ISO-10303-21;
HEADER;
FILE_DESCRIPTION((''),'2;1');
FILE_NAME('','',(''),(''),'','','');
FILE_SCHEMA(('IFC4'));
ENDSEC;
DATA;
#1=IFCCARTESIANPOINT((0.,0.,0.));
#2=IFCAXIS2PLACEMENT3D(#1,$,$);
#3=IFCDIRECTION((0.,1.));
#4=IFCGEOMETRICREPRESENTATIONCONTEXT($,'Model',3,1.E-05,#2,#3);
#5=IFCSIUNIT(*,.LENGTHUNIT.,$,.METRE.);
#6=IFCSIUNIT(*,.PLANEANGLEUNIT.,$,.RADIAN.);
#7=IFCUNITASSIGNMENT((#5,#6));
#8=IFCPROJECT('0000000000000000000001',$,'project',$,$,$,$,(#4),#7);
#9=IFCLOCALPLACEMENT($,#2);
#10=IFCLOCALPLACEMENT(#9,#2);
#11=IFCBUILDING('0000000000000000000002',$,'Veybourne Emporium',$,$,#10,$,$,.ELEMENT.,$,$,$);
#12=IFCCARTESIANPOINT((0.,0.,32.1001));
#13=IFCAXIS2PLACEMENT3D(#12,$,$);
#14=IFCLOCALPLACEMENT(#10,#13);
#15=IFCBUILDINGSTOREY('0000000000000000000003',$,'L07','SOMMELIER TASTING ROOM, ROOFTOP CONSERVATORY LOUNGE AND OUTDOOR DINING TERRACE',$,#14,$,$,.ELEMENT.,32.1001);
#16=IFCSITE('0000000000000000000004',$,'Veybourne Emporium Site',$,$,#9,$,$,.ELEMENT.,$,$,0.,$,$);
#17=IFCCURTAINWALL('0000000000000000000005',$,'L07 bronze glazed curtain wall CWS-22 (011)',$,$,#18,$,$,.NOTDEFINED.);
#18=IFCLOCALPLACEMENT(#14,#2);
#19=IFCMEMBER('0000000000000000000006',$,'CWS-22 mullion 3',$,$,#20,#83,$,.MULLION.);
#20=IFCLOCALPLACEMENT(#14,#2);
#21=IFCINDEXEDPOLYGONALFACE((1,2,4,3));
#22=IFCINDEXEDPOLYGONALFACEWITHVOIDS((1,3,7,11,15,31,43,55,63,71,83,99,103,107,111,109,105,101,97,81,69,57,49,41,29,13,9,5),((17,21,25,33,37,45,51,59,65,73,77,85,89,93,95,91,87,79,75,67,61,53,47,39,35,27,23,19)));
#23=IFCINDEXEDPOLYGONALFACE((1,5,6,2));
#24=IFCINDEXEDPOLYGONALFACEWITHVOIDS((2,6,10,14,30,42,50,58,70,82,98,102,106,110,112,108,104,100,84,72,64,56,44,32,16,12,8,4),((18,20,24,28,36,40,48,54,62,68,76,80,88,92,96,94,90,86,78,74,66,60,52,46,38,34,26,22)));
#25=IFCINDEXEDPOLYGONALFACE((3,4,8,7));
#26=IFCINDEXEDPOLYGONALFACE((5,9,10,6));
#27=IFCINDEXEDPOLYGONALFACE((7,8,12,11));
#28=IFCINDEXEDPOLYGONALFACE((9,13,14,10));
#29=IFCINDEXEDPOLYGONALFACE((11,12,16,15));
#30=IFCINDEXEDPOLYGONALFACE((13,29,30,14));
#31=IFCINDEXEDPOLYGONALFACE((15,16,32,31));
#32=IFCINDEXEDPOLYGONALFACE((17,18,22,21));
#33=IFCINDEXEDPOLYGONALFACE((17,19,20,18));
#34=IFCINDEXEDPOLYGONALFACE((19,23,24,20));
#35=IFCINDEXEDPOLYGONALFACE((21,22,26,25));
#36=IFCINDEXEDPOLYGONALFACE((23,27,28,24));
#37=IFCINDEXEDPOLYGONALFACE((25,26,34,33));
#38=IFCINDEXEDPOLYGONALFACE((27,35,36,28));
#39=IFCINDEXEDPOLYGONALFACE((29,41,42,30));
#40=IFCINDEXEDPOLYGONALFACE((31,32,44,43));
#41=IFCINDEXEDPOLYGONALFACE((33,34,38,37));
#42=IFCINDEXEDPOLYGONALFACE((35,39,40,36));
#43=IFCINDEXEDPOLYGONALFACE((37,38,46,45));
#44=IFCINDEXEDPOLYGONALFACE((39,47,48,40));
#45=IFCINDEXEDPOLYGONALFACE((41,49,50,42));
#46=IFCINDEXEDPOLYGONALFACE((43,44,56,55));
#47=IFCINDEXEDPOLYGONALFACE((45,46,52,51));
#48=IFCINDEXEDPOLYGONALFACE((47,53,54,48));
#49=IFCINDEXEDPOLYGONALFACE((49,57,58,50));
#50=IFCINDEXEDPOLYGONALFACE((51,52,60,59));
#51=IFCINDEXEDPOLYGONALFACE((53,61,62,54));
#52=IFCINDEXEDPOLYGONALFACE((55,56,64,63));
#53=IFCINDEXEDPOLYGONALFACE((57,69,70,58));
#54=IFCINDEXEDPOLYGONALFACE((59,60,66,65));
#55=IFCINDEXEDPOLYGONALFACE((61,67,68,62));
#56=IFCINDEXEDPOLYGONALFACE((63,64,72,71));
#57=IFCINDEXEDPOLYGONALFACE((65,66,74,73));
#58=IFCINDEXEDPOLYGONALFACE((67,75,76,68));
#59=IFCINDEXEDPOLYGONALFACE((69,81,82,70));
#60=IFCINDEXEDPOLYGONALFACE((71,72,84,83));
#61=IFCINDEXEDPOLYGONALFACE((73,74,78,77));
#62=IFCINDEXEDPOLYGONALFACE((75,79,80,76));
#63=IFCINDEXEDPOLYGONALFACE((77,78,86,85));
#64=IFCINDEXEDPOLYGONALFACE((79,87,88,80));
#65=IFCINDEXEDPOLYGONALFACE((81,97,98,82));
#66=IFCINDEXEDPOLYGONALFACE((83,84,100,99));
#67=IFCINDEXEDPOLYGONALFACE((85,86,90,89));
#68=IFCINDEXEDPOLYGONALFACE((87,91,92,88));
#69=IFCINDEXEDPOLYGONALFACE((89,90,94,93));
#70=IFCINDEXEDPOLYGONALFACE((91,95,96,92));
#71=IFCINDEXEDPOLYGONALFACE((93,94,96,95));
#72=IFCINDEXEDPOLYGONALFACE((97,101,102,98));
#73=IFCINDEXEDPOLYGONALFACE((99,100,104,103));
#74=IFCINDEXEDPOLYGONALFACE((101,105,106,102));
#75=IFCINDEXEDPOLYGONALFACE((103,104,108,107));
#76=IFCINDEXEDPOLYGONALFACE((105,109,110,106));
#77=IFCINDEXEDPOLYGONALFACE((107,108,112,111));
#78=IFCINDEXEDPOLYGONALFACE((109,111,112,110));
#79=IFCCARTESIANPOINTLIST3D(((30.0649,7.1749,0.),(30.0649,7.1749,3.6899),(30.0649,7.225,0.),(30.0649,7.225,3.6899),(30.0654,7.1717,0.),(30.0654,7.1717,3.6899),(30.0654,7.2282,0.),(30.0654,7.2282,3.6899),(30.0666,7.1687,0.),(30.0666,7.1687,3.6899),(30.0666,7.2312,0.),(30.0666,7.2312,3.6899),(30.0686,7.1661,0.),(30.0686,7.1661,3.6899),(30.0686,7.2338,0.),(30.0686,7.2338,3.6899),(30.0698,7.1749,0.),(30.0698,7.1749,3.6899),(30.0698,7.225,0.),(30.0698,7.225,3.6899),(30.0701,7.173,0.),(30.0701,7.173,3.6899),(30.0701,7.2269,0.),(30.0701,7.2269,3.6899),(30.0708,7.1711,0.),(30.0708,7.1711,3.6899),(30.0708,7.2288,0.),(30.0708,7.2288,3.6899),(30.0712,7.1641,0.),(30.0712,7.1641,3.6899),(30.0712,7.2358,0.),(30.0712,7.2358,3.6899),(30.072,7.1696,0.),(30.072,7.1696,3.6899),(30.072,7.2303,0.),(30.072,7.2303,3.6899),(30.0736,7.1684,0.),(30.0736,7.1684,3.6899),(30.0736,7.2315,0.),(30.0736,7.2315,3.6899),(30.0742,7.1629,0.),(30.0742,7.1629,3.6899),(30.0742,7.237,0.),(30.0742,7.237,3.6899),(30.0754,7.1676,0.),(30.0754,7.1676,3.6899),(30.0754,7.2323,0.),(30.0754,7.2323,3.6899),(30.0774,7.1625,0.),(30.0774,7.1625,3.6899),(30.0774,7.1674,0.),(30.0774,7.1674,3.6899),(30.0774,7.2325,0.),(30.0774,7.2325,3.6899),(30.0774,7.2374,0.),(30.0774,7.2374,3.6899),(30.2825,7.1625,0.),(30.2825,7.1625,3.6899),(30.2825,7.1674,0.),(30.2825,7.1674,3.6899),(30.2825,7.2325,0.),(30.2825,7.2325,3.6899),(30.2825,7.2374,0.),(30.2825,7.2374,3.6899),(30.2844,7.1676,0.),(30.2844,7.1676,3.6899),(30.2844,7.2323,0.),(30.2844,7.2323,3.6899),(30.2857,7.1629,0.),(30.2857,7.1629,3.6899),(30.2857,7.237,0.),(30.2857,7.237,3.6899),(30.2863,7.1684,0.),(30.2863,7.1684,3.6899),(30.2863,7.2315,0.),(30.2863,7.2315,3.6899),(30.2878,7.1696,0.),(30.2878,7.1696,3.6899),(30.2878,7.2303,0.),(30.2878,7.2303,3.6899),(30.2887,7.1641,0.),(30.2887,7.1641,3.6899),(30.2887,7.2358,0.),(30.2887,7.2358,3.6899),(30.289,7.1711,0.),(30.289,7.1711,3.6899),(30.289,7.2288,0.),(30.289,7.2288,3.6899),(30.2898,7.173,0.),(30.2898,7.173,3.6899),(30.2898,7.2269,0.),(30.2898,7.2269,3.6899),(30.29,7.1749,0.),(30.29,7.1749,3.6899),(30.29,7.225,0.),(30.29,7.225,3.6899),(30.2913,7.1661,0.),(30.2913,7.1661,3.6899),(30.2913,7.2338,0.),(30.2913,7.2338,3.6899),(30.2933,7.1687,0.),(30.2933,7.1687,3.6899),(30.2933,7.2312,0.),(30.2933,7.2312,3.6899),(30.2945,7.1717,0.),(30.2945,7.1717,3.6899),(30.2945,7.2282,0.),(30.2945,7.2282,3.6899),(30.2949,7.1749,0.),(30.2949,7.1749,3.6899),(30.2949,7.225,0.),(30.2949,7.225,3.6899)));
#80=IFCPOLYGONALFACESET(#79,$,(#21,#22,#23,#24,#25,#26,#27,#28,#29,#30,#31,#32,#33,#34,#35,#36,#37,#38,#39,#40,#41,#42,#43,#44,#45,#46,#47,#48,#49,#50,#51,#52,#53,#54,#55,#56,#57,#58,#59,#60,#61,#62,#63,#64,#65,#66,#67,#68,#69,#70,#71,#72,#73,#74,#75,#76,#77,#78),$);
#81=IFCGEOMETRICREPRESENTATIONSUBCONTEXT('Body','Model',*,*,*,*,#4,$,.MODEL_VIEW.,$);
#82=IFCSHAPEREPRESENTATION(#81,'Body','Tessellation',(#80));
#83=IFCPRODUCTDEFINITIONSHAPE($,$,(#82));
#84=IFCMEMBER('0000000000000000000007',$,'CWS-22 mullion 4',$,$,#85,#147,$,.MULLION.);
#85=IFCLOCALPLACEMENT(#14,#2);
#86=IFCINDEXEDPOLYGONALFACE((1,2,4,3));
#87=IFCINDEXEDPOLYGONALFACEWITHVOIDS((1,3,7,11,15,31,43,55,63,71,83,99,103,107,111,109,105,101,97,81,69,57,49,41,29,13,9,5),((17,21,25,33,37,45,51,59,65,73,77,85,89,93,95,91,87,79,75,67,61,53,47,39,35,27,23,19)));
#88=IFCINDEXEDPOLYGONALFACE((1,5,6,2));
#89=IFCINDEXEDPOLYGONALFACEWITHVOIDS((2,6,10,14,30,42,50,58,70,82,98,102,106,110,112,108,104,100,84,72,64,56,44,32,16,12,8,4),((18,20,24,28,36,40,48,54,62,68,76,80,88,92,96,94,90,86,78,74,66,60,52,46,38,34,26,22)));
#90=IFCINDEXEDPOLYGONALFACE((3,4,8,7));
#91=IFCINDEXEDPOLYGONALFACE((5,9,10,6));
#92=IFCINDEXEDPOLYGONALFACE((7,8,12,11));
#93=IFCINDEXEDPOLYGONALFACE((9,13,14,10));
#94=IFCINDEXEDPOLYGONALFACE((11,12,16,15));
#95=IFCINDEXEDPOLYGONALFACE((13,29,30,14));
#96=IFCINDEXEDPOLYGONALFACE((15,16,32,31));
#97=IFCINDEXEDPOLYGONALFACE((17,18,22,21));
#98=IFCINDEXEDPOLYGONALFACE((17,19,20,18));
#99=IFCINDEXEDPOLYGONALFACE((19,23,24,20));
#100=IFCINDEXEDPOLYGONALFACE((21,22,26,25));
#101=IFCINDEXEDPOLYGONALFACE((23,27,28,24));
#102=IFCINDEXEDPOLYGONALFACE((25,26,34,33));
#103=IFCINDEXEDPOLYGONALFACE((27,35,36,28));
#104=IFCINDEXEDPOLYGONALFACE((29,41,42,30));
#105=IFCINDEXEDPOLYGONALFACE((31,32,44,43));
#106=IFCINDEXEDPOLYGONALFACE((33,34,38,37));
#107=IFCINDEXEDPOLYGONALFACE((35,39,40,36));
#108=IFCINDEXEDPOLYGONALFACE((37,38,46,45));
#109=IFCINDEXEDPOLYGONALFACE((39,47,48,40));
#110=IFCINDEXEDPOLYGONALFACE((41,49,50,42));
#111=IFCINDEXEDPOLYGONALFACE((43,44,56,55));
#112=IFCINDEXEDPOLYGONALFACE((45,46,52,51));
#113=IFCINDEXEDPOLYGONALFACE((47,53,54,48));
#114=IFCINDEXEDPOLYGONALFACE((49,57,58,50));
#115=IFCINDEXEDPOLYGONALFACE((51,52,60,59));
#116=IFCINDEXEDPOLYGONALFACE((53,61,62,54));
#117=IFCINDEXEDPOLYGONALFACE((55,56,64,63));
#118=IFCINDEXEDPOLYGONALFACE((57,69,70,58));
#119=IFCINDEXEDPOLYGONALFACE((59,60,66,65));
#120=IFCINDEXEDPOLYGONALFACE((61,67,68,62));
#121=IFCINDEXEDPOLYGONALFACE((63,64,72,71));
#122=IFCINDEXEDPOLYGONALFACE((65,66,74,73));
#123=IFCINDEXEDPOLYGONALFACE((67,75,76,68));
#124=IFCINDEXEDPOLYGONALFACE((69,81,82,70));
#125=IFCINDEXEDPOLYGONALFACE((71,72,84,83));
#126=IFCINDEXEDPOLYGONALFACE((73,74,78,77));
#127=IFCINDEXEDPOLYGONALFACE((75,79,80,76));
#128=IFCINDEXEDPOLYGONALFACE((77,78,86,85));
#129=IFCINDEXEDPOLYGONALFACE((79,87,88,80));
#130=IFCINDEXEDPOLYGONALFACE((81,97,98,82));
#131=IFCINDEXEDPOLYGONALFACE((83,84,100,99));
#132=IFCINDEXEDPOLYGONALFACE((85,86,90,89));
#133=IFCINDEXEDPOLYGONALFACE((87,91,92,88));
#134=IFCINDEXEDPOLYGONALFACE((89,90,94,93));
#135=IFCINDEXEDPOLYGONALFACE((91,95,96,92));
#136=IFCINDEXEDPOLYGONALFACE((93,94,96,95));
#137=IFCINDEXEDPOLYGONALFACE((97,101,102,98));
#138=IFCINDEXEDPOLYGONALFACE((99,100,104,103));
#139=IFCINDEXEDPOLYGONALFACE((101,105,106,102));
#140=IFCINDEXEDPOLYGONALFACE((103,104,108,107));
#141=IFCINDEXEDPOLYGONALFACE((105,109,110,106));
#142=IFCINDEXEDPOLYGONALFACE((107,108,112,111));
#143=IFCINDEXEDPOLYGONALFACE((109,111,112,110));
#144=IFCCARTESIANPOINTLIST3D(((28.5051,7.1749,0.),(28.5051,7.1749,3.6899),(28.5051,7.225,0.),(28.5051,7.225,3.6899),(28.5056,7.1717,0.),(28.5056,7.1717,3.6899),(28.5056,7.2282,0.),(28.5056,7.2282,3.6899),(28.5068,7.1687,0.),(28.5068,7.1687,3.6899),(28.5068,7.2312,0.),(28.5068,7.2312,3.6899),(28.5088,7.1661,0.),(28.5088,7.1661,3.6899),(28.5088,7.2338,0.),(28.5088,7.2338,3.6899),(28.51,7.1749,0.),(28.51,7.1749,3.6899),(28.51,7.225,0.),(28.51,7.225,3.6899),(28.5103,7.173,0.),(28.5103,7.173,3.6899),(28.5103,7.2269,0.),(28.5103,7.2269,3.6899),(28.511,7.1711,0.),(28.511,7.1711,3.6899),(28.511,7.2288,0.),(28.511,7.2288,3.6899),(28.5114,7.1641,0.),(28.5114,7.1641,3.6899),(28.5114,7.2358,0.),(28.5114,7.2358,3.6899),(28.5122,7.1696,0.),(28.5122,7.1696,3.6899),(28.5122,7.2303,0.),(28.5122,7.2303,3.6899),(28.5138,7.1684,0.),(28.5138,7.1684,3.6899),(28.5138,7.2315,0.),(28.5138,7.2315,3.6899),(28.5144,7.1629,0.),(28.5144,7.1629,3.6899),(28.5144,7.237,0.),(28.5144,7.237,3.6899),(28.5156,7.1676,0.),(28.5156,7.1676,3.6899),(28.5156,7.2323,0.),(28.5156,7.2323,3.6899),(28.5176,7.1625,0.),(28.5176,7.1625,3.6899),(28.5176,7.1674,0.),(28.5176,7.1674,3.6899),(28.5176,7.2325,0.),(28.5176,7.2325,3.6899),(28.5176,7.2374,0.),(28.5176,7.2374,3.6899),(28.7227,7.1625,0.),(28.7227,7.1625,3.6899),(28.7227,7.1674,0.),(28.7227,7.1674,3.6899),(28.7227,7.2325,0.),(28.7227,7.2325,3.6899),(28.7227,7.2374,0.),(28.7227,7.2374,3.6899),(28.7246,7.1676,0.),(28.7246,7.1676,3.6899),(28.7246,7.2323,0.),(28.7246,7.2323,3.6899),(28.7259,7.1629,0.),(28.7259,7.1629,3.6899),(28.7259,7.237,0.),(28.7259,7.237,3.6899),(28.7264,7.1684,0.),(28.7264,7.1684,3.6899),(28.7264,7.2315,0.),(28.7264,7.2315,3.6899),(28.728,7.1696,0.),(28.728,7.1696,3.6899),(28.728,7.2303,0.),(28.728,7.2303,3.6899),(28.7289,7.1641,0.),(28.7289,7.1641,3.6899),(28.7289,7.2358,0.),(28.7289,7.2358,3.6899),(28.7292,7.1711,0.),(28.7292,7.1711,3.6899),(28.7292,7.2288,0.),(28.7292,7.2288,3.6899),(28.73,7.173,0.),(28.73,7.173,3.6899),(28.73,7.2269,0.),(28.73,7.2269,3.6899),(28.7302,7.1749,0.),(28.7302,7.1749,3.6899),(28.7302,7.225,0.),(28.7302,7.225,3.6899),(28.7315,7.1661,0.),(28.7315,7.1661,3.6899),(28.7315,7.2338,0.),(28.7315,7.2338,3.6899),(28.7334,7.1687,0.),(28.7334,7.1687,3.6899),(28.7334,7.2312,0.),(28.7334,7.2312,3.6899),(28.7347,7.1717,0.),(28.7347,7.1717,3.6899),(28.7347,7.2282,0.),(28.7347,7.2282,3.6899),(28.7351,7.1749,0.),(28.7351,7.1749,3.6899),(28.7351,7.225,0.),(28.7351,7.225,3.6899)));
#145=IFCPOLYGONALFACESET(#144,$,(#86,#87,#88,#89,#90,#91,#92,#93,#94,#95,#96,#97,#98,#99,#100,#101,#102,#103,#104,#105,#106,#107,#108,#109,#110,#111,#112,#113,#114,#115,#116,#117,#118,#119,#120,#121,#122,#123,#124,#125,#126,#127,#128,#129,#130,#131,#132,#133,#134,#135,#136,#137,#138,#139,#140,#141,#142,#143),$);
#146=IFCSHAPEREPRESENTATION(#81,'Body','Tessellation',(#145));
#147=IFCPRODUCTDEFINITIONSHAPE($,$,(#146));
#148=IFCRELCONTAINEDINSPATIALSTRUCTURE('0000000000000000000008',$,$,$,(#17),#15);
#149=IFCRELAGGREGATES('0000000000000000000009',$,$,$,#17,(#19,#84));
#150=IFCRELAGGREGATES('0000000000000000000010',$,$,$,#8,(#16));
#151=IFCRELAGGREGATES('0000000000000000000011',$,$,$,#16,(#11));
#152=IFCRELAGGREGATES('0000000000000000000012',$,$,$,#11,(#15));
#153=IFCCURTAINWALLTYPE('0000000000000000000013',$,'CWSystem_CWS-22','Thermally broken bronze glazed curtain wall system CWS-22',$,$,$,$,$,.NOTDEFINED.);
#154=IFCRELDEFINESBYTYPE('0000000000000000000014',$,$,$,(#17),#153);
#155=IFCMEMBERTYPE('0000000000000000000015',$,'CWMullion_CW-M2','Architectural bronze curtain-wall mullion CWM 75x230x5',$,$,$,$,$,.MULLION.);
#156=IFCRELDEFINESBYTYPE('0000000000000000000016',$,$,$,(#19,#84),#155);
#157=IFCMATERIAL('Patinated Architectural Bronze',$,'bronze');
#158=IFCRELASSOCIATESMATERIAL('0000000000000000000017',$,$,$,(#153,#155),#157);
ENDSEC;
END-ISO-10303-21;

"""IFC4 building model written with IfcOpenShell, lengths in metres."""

from ifc_helpers import new_model, si_unit, direction, frame, origin, origin_2d, place, context, subcontext, project, spatial, hollow_rectangle, extrude, material, material_profile, profile_set, type_object, element, aggregate, save


model = new_model("IFC4")

# Units and contexts
model_context = context("Model", 3, precision=1e-05, world=origin(), true_north=direction((0.0, 1.0)))
body_context = subcontext(model_context, "Body", "Model", "MODEL_VIEW")
ifc_project = project(units=[si_unit("LENGTHUNIT", "METRE"), si_unit("PLANEANGLEUNIT", "RADIAN")], contexts=[model_context])

# Site, building, storey
site_placement = place(None, origin())
site = spatial("IfcSite", under=ifc_project, at=site_placement, Name="Veybourne Emporium Site", CompositionType="ELEMENT", RefElevation=0.0)
building_placement = place(site_placement, origin())
building = spatial("IfcBuilding", under=site, at=building_placement, Name="Veybourne Emporium", CompositionType="ELEMENT")
storey_placement = place(building_placement, frame((0.0, 0.0, 32.1001)))
storey = spatial("IfcBuildingStorey", under=building, at=storey_placement, Name="L07", Description="SOMMELIER TASTING ROOM, ROOFTOP CONSERVATORY LOUNGE AND OUTDOOR DINING TERRACE", CompositionType="ELEMENT", Elevation=32.1001)

# Curtain wall, members
ifc_material_1 = material(Name="Patinated Architectural Bronze", Category="bronze")
curtain_wall_type = type_object("IfcCurtainWallType", Name="CWSystem_CWS-22", Description="Thermally broken bronze glazed curtain wall system CWS-22", PredefinedType="NOTDEFINED", material=ifc_material_1)
curtain_wall_placement = place(storey_placement, origin())
curtain_wall = element("IfcCurtainWall", 1, at=curtain_wall_placement, inside=storey, type_object=curtain_wall_type, Name="L07 bronze glazed curtain wall CWS-22 (011)", PredefinedType="NOTDEFINED")
ifc_material_profile_1 = material_profile(ifc_material_1, hollow_rectangle(XDim=0.075, YDim=0.23, WallThickness=0.0049, InnerFilletRadius=0.0076, OuterFilletRadius=0.0125, at=origin_2d()), Name="CWM 75x230x5")
ifc_profile_set_1 = profile_set([ifc_material_profile_1], Name="Patinated Architectural Bronze")
member_type_1 = type_object("IfcMemberType", Name="CWMullion_CW-M2", Description="Architectural bronze curtain-wall mullion CWM 75x230x5", PredefinedType="MULLION", material=ifc_profile_set_1)
member_1_placement = place(storey_placement, frame((30.1799, 7.2, 0.0), z_axis=(0.0, 0.0, 1.0), x_axis=(0.0, -1.0, 0.0)))
member_1 = element("IfcMember", 2, at=member_1_placement, type_object=member_type_1, Name="CWS-22 mullion 3", PredefinedType="MULLION", context=body_context, shape_type="SweptSolid", body=[
    extrude(hollow_rectangle(XDim=0.075, YDim=0.23, WallThickness=0.0049, InnerFilletRadius=0.0076, OuterFilletRadius=0.0125, at=origin_2d()), origin(), (0.0, 0.0, 1.0), 3.6899),
])
member_2_placement = place(storey_placement, frame((28.6201, 7.2, 0.0), z_axis=(0.0, 0.0, 1.0), x_axis=(0.0, -1.0, 0.0)))
member_2 = element("IfcMember", 3, at=member_2_placement, type_object=member_type_1, Name="CWS-22 mullion 4", PredefinedType="MULLION", context=body_context, shape_type="SweptSolid", body=[
    extrude(hollow_rectangle(XDim=0.075, YDim=0.23, WallThickness=0.0049, InnerFilletRadius=0.0076, OuterFilletRadius=0.0125, at=origin_2d()), origin(), (0.0, 0.0, 1.0), 3.6899),
])

aggregate(curtain_wall, [member_1, member_2])

save(model, "model.ifc")
